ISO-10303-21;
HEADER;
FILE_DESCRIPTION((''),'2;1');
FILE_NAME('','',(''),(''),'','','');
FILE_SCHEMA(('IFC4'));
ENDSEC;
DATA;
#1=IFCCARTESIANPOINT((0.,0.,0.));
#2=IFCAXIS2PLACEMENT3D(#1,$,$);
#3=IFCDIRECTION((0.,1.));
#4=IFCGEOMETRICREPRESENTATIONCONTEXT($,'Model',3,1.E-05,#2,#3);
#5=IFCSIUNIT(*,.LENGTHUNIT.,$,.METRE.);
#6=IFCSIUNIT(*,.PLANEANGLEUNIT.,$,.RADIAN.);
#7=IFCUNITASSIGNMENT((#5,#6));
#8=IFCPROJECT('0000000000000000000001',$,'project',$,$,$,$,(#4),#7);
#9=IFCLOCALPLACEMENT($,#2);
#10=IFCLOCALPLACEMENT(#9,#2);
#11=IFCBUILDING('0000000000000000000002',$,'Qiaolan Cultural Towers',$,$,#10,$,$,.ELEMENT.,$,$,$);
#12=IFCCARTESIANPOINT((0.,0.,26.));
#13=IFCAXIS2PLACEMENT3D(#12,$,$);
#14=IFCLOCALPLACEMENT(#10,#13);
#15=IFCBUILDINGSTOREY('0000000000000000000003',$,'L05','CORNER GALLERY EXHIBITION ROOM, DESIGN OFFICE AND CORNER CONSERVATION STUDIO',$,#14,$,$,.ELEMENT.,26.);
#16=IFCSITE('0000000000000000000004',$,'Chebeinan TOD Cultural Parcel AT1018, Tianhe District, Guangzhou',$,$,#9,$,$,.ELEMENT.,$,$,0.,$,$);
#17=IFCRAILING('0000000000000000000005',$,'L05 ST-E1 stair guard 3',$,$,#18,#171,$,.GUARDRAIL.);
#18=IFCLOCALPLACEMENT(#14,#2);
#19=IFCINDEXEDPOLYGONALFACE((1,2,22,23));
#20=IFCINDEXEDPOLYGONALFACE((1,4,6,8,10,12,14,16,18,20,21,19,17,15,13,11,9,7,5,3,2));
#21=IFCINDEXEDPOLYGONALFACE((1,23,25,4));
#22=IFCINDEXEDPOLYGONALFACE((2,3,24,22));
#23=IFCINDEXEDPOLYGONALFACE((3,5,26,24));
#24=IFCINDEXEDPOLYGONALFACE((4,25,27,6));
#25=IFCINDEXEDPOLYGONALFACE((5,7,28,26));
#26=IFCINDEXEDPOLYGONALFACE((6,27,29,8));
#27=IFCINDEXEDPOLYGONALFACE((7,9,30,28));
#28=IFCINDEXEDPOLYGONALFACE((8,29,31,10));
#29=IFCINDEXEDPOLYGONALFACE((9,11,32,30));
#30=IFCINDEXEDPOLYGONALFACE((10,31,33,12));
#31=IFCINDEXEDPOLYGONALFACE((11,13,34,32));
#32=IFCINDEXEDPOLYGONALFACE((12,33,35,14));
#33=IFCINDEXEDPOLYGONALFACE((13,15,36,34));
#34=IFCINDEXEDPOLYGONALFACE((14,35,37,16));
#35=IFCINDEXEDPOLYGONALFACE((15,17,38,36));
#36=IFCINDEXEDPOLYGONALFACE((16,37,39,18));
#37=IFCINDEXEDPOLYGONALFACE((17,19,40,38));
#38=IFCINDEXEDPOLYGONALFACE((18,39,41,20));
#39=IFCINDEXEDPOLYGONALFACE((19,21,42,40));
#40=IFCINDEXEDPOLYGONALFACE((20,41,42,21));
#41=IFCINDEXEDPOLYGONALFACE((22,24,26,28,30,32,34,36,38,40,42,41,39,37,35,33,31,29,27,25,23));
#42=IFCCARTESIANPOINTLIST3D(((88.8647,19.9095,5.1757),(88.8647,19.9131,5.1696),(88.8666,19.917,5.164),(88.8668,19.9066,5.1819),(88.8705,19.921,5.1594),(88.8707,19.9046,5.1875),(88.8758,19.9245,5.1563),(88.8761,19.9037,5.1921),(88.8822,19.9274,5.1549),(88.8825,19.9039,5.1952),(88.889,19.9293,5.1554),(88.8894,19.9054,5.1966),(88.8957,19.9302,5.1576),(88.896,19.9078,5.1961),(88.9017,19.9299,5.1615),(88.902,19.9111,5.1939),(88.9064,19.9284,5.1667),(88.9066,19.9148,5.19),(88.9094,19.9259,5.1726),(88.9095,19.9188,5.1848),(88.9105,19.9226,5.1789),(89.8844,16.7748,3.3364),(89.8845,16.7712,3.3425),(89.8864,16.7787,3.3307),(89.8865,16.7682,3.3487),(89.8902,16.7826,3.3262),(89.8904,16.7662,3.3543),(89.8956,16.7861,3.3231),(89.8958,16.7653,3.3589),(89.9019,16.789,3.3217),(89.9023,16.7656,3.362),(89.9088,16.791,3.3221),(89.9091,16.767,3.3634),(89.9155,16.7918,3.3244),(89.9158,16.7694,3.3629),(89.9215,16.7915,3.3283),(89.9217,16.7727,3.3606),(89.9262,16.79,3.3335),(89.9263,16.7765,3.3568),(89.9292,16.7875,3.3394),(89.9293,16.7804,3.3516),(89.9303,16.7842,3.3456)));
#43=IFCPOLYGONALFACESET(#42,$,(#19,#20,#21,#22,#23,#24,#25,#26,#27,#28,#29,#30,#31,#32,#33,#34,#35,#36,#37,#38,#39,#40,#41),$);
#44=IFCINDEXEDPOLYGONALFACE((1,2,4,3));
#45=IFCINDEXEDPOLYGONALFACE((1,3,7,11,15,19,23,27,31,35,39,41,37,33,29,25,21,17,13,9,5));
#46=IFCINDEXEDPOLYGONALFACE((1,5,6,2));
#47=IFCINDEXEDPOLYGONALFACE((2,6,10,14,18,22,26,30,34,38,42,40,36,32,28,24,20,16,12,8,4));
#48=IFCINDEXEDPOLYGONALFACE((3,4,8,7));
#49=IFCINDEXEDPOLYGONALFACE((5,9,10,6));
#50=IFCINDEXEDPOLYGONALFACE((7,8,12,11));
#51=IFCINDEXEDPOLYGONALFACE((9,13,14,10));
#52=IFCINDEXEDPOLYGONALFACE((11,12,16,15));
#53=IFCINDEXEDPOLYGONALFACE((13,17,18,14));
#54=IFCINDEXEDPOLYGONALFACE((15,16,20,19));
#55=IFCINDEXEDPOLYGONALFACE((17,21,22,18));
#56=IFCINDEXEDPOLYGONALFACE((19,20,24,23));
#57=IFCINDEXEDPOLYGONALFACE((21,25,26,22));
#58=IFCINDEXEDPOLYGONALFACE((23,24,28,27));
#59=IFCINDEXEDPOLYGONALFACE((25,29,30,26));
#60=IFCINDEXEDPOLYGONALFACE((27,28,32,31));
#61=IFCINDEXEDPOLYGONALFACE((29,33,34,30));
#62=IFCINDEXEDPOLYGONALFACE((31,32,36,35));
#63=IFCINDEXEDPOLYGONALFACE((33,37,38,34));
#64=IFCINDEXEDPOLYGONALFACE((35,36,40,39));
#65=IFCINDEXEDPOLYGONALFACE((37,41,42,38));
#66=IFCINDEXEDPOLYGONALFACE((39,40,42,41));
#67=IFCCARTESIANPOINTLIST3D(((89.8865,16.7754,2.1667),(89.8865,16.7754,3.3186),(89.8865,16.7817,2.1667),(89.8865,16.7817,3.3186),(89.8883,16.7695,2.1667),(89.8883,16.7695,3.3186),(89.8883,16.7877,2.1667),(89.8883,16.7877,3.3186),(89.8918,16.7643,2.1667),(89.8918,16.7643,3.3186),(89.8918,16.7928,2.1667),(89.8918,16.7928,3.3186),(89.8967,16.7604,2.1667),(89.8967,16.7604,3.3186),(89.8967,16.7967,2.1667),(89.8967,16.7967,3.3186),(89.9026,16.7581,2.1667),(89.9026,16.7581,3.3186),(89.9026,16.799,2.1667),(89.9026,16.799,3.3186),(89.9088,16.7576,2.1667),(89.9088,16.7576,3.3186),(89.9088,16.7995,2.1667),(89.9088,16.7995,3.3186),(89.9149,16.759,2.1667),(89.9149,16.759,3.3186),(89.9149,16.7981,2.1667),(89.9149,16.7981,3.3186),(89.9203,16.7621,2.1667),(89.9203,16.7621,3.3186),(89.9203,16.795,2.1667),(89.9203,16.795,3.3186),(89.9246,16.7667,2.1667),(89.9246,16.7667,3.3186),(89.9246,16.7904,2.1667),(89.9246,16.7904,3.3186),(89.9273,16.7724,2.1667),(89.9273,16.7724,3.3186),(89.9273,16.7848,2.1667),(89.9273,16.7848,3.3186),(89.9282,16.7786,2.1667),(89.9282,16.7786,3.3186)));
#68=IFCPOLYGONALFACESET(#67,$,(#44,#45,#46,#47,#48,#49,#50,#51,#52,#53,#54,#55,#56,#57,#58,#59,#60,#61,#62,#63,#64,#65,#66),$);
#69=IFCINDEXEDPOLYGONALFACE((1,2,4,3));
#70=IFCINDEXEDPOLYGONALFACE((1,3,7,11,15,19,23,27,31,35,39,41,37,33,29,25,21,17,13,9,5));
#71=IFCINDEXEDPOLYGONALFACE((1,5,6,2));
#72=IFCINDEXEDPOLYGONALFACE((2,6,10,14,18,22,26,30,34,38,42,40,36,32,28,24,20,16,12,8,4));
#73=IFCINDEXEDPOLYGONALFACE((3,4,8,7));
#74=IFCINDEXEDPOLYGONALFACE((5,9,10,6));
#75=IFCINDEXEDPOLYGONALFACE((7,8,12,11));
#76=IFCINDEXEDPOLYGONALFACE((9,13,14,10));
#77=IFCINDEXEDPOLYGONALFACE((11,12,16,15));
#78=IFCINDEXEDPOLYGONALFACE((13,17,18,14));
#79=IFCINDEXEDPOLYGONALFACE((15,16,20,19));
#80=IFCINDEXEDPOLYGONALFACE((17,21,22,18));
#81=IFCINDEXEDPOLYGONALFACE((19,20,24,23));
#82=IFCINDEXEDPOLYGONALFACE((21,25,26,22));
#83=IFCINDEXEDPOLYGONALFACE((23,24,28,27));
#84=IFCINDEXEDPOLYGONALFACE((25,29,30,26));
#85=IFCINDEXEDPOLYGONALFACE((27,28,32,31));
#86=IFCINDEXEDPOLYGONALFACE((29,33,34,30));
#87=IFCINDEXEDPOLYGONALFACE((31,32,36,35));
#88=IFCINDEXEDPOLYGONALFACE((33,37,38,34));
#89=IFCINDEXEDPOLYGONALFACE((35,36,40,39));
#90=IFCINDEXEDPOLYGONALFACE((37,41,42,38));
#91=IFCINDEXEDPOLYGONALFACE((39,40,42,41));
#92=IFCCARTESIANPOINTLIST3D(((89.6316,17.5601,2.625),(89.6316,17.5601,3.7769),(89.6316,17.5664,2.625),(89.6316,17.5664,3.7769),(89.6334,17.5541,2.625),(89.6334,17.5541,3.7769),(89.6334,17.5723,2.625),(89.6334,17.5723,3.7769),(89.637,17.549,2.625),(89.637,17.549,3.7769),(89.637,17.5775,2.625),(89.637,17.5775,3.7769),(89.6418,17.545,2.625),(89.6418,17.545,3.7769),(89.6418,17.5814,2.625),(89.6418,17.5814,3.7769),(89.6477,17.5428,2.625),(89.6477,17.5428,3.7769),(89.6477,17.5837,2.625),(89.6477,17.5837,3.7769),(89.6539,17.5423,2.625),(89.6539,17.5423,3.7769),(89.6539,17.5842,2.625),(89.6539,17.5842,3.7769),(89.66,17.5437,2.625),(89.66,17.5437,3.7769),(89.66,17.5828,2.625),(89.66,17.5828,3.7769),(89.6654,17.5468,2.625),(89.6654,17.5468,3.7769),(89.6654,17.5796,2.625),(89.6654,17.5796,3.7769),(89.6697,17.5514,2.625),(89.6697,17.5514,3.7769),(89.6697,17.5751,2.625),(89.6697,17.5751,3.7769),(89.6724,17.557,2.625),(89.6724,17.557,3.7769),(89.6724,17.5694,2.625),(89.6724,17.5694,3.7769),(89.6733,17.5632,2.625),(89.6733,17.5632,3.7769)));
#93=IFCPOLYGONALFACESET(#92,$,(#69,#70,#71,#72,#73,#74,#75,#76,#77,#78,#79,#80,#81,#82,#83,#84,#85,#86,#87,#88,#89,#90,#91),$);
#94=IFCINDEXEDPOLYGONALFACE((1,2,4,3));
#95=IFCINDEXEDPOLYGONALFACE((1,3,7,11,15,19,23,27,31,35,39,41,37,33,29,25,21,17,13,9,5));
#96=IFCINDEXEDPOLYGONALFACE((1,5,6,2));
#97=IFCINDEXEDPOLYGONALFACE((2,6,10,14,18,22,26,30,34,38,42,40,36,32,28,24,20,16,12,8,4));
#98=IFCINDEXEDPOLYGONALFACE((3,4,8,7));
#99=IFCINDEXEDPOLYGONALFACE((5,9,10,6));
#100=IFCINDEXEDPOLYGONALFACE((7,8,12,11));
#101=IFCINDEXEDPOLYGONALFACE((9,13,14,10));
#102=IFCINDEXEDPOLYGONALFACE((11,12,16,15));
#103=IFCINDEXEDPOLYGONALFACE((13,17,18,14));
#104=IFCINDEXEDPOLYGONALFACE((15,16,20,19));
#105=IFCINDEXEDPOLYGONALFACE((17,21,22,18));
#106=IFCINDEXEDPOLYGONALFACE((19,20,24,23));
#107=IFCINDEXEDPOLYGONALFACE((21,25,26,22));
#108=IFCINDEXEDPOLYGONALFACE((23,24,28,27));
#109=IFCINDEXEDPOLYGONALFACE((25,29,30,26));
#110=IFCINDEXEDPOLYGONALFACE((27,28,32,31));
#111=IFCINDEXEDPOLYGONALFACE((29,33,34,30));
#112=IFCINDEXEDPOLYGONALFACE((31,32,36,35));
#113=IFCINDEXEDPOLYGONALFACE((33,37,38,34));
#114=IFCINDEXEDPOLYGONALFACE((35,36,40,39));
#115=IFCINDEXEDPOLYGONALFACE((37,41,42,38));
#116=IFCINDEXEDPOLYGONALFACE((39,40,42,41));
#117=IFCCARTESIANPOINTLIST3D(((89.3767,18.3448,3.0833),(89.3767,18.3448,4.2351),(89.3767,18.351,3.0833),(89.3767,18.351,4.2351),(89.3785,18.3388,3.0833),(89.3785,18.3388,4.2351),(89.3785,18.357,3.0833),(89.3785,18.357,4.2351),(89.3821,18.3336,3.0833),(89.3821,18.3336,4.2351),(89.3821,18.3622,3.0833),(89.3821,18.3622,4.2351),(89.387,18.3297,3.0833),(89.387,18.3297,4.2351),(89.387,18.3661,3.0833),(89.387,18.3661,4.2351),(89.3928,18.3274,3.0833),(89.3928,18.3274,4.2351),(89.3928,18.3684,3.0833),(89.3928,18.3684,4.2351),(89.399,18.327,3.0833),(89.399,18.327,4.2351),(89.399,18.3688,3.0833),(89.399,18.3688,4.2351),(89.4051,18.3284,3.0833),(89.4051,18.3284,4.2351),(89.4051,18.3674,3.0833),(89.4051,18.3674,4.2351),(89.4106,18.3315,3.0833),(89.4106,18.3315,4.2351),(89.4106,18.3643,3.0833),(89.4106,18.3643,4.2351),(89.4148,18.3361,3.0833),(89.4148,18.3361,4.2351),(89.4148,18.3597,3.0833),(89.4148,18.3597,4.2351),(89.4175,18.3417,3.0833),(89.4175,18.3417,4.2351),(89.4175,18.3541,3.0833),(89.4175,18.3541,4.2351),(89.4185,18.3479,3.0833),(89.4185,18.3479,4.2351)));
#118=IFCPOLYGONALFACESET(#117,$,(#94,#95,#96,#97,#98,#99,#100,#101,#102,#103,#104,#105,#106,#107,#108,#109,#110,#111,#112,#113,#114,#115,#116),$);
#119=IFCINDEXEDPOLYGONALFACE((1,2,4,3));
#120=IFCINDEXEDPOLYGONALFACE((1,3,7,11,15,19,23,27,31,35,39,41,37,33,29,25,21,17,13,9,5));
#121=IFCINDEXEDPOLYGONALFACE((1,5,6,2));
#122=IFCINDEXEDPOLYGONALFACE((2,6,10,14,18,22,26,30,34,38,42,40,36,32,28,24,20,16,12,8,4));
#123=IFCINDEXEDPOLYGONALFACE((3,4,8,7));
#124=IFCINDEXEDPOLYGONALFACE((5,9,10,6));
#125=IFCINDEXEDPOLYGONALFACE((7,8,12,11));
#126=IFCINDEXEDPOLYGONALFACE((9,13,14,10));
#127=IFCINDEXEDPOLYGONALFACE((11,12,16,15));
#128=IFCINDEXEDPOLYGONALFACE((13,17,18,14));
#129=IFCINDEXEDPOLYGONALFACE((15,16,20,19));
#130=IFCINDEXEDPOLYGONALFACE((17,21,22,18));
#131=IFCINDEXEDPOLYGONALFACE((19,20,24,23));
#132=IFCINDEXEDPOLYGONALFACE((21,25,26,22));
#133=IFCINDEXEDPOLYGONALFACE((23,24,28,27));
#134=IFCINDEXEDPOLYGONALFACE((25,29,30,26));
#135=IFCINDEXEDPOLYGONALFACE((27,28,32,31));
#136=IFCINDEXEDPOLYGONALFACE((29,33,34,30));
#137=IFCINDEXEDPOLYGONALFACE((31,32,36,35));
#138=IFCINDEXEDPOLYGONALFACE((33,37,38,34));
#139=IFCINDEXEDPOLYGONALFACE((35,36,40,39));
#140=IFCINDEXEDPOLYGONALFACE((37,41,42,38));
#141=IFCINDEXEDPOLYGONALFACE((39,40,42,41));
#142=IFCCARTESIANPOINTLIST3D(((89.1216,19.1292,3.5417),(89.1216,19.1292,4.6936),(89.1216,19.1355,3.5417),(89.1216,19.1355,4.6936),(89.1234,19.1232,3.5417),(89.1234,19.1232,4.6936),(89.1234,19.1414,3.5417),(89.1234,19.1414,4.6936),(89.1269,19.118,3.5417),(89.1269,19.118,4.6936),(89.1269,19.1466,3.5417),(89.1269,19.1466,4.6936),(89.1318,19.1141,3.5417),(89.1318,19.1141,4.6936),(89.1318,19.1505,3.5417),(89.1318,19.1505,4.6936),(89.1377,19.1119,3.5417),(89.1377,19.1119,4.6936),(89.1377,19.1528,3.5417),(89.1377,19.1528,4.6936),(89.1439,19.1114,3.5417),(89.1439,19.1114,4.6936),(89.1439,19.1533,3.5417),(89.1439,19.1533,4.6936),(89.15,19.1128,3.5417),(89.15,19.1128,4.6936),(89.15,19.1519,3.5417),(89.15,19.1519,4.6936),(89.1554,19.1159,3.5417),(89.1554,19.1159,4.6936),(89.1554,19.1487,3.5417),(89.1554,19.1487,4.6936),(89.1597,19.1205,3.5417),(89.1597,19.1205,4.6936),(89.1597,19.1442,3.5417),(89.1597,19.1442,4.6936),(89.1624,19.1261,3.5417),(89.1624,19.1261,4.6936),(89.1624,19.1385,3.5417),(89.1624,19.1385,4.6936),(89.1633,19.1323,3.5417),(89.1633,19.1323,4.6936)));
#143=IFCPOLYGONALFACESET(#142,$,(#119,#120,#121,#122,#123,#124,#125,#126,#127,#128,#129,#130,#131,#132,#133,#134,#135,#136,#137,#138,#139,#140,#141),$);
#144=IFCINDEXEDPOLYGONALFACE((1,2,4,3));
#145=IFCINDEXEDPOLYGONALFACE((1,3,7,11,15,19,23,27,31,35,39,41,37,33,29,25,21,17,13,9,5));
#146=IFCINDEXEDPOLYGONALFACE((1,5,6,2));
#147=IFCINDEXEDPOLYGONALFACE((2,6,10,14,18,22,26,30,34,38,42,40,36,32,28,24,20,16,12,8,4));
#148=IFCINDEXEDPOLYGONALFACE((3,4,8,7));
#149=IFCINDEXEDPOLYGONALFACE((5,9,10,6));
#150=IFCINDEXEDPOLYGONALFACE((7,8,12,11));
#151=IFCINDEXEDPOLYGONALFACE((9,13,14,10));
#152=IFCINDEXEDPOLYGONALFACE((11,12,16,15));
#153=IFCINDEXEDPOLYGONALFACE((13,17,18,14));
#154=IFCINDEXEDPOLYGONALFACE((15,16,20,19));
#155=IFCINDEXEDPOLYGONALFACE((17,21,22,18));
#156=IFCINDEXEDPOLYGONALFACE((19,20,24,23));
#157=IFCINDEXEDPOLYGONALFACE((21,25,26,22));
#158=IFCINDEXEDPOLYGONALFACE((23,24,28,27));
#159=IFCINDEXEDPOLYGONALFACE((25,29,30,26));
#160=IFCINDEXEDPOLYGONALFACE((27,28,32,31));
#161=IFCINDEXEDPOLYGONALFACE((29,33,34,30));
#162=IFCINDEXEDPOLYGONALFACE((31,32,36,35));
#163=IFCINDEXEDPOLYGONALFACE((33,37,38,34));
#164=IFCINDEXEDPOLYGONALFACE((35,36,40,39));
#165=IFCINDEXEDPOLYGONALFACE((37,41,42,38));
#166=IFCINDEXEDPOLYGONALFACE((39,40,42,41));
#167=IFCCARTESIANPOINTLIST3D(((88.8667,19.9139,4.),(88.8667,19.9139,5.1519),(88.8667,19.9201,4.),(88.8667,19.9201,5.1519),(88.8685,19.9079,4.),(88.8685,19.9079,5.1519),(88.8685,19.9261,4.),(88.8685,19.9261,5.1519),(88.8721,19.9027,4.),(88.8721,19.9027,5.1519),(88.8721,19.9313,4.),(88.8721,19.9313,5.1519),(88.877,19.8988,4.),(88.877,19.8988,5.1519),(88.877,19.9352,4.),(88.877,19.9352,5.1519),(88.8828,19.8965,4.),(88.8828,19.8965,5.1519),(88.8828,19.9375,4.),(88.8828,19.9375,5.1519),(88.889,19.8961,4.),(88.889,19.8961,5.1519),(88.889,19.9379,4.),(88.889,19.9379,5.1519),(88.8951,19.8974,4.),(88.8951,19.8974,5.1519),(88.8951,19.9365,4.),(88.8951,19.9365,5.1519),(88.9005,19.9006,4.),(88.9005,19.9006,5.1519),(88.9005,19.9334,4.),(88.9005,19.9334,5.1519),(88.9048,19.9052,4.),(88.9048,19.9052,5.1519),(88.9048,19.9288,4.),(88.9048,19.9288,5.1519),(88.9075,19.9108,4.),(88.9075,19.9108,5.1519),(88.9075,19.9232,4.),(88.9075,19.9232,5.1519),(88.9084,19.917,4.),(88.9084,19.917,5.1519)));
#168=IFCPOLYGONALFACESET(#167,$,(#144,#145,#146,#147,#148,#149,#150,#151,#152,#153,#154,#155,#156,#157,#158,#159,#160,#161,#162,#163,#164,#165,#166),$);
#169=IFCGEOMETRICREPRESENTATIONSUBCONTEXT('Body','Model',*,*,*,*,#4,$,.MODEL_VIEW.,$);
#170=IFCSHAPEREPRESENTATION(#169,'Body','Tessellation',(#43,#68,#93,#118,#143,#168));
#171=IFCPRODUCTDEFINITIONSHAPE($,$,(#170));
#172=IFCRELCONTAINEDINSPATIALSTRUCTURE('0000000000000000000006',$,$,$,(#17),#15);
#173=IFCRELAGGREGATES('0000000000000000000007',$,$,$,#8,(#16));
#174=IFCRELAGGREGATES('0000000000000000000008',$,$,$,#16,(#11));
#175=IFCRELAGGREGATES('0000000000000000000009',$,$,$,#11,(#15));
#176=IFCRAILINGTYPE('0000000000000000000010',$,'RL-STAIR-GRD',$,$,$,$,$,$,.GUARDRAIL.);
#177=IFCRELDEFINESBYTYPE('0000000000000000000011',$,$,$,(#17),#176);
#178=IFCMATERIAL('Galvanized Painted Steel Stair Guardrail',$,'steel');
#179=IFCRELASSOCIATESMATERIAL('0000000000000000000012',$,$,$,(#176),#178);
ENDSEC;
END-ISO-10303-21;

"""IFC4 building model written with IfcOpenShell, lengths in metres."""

from ifc_helpers import new_model, si_unit, direction, frame, origin, origin_2d, place, context, subcontext, project, spatial, circle, extrude, material, type_object, element, save


model = new_model("IFC4")

# Units and contexts
model_context = context("Model", 3, precision=1e-05, world=origin(), true_north=direction((0.0, 1.0)))
body_context = subcontext(model_context, "Body", "Model", "MODEL_VIEW")
ifc_project = project(units=[si_unit("LENGTHUNIT", "METRE"), si_unit("PLANEANGLEUNIT", "RADIAN")], contexts=[model_context])

# Site, building, storey
site_placement = place(None, origin())
site = spatial("IfcSite", under=ifc_project, at=site_placement, Name="Chebeinan TOD Cultural Parcel AT1018, Tianhe District, Guangzhou", CompositionType="ELEMENT", RefElevation=0.0)
building_placement = place(site_placement, origin())
building = spatial("IfcBuilding", under=site, at=building_placement, Name="Qiaolan Cultural Towers", CompositionType="ELEMENT")
storey_placement = place(building_placement, frame((0.0, 0.0, 26.0)))
storey = spatial("IfcBuildingStorey", under=building, at=storey_placement, Name="L05", Description="CORNER GALLERY EXHIBITION ROOM, DESIGN OFFICE AND CORNER CONSERVATION STUDIO", CompositionType="ELEMENT", Elevation=26.0)

# Railing
ifc_material_1 = material(Name="Galvanized Painted Steel Stair Guardrail", Category="steel")
railing_type_1 = type_object("IfcRailingType", Name="RL-STAIR-GRD", PredefinedType="GUARDRAIL", material=ifc_material_1)
railing_1_placement = place(storey_placement, frame((89.9072, 16.7786, 2.1667)))
element("IfcRailing", 1, at=railing_1_placement, inside=storey, type_object=railing_type_1, Name="L05 ST-E1 stair guard 3", PredefinedType="GUARDRAIL", context=body_context, shape_type="SweptSolid", body=[
    extrude(circle(Radius=0.0239, at=origin_2d()), frame((0.0, 0.0, 1.1758), z_axis=(-0.270141, 0.831376, 0.485632), x_axis=(-0.951053, -0.309028, 0.0)), (0.0, 0.0, 1.0), 3.7749),
    extrude(circle(Radius=0.021, at=origin_2d()), origin(), (0.0, 0.0, 1.0), 1.1519),
    extrude(circle(Radius=0.021, at=origin_2d()), frame((-0.2549, 0.7847, 0.4583)), (0.0, 0.0, 1.0), 1.1519),
    extrude(circle(Radius=0.021, at=origin_2d()), frame((-0.5098, 1.5693, 0.9165)), (0.0, 0.0, 1.0), 1.1519),
    extrude(circle(Radius=0.021, at=origin_2d()), frame((-0.7649, 2.3538, 1.375)), (0.0, 0.0, 1.0), 1.1519),
    extrude(circle(Radius=0.021, at=origin_2d()), frame((-1.0198, 3.1384, 1.8333)), (0.0, 0.0, 1.0), 1.1519),
])

save(model, "model.ifc")
